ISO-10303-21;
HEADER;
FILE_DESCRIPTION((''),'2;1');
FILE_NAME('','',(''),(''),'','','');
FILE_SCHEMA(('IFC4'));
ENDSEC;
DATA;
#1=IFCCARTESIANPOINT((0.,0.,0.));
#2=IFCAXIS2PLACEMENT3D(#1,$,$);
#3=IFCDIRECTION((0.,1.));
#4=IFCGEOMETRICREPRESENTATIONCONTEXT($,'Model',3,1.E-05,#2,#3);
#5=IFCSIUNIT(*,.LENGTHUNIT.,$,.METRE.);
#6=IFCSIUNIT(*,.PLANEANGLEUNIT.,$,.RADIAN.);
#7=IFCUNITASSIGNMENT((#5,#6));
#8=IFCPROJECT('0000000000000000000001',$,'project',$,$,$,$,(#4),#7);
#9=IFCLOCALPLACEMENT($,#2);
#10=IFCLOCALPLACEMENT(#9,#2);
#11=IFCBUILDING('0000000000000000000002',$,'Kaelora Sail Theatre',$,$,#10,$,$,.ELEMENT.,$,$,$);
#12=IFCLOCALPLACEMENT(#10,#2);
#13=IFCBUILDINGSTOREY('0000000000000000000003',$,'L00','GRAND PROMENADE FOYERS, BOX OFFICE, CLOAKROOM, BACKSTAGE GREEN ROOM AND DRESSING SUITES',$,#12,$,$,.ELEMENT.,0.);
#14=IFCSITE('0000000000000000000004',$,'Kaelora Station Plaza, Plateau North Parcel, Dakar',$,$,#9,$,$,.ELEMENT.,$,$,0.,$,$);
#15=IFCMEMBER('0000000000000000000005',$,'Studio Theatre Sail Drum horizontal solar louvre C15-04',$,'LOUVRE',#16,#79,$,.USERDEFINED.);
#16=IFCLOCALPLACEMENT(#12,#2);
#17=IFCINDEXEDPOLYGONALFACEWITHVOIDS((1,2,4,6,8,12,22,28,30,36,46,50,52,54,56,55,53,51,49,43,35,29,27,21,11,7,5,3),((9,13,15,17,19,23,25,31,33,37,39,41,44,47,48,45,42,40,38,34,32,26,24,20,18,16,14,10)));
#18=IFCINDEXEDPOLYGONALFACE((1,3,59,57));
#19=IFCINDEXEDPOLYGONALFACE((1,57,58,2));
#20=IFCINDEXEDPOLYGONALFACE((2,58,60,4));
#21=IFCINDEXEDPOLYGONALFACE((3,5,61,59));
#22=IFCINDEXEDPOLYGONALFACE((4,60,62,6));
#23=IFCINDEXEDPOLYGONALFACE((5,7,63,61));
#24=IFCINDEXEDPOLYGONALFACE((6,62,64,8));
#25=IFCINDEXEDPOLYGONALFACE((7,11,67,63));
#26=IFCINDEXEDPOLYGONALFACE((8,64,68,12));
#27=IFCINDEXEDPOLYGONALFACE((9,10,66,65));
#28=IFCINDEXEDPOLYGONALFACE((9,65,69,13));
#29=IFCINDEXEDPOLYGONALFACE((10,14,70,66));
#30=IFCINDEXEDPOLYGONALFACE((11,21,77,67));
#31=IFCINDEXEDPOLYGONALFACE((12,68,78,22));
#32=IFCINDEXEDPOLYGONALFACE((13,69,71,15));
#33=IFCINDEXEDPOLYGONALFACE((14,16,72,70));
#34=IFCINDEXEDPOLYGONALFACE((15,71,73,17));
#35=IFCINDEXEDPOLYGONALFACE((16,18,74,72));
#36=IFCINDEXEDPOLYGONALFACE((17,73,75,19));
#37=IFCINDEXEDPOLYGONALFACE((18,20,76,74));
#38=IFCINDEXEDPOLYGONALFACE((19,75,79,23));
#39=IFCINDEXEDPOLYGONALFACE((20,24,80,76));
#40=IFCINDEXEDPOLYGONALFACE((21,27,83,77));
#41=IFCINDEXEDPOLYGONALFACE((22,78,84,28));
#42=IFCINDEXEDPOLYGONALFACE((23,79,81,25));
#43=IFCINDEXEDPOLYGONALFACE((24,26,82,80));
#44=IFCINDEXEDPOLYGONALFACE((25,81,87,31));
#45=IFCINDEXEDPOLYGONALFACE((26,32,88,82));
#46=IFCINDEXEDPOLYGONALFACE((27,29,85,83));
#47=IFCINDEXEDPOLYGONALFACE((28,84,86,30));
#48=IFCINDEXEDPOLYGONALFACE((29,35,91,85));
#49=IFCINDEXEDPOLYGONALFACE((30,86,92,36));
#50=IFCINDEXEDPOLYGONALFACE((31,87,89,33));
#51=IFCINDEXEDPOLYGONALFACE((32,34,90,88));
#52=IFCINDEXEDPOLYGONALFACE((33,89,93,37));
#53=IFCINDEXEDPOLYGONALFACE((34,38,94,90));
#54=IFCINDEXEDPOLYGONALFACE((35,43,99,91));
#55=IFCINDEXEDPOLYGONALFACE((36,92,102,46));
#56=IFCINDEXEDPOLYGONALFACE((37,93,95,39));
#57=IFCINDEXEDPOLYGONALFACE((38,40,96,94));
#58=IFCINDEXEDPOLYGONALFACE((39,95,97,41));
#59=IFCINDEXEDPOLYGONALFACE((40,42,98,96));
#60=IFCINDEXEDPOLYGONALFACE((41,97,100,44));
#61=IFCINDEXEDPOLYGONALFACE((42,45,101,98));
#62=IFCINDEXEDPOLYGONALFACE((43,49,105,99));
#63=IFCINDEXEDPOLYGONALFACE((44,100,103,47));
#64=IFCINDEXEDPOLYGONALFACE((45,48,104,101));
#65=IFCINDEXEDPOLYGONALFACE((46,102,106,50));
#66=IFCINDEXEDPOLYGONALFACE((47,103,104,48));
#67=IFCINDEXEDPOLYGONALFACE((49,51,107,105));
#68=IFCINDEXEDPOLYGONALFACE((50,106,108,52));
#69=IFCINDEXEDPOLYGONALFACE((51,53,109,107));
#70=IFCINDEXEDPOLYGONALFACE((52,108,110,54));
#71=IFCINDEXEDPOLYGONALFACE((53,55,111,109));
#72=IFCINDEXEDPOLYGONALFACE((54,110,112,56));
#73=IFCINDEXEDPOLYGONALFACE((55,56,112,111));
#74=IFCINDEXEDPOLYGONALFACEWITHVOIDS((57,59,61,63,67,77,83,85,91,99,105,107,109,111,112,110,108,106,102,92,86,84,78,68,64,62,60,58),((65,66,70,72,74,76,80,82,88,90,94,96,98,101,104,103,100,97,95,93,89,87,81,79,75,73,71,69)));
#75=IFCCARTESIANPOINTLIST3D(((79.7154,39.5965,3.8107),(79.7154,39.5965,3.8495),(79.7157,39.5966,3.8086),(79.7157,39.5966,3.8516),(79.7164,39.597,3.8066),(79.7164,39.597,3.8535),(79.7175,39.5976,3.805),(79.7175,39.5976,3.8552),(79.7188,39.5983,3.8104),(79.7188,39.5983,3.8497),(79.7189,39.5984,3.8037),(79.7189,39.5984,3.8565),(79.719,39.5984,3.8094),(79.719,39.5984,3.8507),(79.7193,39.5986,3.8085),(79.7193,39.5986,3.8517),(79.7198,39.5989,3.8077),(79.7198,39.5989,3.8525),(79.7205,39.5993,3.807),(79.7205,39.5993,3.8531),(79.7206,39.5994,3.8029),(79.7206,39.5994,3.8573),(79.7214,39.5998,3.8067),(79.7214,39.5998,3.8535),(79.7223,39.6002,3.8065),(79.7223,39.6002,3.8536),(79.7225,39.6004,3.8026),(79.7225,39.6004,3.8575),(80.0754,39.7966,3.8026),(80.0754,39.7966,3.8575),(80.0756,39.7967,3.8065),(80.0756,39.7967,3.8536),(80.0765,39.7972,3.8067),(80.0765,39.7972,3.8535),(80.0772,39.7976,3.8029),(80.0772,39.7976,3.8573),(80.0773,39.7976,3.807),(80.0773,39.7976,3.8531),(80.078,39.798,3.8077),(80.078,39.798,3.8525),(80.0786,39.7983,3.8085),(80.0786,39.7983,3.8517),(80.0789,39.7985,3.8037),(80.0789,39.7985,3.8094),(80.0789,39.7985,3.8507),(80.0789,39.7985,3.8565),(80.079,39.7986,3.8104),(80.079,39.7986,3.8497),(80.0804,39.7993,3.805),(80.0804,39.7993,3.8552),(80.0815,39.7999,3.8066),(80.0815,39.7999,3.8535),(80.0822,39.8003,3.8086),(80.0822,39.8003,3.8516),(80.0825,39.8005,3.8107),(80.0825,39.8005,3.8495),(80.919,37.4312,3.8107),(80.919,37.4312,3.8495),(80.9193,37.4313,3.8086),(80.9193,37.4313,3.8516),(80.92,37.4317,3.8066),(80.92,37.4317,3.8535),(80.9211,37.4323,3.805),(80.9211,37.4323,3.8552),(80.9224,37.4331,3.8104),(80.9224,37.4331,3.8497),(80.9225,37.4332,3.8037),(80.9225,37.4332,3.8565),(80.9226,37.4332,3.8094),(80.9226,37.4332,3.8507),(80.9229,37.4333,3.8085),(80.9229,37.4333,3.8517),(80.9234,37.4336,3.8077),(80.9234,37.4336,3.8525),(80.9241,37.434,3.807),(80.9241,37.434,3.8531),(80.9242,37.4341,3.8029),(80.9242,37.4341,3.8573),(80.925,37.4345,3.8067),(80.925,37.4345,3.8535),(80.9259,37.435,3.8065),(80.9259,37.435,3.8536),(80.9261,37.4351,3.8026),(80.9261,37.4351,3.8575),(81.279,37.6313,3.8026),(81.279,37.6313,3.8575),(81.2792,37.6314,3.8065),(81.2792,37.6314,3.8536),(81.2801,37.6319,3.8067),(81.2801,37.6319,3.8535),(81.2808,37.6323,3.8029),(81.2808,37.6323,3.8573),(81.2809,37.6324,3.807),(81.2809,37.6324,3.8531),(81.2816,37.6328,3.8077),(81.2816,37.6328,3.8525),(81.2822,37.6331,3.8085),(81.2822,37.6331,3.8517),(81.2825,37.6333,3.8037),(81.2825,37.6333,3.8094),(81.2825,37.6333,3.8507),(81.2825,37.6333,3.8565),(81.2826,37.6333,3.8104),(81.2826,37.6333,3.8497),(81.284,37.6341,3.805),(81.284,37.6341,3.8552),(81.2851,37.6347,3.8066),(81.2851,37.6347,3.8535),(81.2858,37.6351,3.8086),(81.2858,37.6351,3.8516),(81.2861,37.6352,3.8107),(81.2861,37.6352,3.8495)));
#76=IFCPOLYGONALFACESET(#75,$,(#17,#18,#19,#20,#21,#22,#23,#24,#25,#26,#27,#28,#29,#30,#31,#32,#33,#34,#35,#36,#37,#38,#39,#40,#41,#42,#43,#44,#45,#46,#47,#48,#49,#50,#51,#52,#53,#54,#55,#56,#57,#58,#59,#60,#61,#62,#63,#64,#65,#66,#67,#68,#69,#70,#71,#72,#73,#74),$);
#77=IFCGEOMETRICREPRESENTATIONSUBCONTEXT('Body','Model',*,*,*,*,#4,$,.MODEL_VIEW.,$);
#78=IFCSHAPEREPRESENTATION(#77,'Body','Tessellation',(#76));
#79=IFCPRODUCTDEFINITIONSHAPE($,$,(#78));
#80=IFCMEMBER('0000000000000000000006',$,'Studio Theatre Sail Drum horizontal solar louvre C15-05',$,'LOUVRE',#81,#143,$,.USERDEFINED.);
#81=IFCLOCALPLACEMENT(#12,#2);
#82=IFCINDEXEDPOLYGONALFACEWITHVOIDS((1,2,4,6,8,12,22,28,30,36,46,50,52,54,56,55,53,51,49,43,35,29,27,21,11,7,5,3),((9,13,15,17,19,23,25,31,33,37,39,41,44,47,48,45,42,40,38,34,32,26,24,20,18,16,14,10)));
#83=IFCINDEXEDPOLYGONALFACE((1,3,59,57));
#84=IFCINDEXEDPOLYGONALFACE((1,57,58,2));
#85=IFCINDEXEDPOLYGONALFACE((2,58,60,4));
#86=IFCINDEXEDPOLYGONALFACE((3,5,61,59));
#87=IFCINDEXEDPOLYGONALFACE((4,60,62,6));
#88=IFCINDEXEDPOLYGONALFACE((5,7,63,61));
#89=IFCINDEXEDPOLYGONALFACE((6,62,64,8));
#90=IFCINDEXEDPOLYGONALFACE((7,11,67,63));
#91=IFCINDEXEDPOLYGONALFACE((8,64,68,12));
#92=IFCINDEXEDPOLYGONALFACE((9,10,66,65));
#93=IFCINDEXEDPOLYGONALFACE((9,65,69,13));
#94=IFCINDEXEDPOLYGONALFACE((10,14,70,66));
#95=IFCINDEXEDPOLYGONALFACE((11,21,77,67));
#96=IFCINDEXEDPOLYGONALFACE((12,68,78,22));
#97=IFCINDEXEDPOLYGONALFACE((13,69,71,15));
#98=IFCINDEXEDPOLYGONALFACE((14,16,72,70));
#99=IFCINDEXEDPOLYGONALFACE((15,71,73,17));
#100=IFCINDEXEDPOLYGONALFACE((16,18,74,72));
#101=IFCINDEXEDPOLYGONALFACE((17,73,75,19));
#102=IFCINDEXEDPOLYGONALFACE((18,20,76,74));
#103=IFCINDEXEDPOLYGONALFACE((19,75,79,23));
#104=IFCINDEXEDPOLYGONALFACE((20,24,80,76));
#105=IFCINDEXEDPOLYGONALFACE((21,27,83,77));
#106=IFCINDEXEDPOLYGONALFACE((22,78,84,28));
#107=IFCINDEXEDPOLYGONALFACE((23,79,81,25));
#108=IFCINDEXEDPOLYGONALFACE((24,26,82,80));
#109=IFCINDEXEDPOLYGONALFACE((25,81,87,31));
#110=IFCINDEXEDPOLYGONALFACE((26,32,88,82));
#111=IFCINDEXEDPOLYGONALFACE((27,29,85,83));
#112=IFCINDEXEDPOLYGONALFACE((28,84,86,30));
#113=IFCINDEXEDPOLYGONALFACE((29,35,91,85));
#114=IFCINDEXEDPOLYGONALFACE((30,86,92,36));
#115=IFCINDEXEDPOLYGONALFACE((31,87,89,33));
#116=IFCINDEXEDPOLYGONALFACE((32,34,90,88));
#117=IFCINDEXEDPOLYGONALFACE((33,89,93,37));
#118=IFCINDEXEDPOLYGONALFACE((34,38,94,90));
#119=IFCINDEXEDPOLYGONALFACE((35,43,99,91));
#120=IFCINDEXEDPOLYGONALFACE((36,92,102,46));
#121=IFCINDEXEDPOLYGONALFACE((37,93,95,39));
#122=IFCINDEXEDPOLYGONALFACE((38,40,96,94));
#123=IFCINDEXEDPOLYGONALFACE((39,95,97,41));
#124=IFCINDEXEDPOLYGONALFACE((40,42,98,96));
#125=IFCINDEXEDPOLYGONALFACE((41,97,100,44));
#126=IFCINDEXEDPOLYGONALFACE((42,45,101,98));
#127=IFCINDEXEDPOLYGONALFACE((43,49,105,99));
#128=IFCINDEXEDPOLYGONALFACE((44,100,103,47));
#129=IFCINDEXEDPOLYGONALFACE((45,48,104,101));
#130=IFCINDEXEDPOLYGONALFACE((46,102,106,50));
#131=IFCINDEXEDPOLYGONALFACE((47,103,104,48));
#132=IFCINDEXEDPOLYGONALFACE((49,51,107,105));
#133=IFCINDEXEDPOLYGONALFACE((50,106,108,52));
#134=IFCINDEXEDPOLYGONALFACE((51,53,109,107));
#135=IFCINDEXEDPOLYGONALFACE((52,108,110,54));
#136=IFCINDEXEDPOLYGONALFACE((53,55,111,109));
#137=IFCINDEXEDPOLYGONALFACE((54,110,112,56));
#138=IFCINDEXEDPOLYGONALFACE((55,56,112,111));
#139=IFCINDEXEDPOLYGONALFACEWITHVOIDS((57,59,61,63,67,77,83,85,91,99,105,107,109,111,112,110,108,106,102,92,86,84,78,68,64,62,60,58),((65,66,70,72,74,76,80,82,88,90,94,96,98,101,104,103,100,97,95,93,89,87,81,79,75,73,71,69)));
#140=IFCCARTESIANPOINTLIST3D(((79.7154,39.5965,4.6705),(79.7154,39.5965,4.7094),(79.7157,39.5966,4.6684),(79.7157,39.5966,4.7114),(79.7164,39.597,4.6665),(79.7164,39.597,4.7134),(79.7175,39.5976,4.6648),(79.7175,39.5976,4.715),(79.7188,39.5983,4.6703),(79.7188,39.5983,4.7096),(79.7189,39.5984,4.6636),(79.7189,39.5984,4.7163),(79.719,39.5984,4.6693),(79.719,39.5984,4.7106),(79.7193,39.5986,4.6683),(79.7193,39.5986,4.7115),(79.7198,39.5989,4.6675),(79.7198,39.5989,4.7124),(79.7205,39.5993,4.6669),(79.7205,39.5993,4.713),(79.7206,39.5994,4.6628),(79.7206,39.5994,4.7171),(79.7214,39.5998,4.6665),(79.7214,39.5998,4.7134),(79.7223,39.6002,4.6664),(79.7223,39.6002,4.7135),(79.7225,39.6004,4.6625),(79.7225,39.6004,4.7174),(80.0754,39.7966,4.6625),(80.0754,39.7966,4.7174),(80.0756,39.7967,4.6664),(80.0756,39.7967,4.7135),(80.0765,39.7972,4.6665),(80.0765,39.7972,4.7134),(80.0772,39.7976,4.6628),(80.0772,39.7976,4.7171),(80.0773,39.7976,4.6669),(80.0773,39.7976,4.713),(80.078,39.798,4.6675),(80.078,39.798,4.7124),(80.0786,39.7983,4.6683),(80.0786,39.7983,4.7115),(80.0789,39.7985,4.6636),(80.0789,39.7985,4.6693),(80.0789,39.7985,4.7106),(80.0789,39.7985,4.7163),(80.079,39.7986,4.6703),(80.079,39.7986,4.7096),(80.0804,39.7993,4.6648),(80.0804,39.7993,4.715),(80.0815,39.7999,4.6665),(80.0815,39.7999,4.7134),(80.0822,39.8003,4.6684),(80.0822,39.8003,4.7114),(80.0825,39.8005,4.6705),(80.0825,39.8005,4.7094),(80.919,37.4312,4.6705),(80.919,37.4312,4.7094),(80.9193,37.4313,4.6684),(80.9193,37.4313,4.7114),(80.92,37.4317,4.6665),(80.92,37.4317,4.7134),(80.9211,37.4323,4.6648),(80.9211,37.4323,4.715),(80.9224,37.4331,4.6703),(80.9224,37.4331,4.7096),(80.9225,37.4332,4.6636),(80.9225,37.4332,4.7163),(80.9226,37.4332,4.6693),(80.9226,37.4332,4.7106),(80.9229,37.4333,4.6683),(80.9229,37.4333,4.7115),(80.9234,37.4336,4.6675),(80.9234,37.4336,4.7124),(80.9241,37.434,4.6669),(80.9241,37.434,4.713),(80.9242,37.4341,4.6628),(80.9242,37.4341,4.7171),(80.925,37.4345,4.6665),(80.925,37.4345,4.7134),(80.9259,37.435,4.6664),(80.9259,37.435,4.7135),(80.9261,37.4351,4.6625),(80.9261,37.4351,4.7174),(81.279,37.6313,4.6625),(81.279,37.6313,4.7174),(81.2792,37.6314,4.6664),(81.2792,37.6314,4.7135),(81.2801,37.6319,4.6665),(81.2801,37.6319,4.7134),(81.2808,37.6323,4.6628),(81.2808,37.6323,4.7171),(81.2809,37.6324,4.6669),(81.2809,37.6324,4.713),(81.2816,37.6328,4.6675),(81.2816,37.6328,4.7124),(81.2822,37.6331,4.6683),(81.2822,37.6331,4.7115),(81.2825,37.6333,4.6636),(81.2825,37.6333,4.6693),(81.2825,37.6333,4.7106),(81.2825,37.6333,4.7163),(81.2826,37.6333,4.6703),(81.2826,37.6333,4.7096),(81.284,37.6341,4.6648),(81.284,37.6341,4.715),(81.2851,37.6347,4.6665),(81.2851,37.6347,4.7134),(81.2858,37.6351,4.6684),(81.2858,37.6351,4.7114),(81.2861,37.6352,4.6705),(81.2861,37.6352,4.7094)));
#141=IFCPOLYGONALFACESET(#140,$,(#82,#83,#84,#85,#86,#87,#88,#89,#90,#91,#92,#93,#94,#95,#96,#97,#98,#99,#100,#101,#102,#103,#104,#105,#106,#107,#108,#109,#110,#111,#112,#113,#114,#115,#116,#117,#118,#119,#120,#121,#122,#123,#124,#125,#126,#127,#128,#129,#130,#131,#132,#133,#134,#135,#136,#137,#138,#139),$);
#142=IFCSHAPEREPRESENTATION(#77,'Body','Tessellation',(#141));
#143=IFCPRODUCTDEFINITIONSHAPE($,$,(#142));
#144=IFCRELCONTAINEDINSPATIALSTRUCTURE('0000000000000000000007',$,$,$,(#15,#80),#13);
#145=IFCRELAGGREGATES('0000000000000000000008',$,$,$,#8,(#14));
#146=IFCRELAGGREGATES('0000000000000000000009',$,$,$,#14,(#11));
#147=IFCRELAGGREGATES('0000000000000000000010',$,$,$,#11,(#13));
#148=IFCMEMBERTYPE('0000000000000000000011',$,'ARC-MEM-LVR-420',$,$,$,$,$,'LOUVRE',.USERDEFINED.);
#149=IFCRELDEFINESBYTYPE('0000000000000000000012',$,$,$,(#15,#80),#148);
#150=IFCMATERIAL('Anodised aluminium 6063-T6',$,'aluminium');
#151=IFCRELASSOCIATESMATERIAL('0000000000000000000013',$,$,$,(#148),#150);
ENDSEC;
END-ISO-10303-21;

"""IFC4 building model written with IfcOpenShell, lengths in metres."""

from ifc_helpers import new_model, si_unit, direction, frame, origin, origin_2d, place, context, subcontext, project, spatial, hollow_rectangle, extrude, material, material_profile, profile_set, type_object, element, save


model = new_model("IFC4")

# Units and contexts
model_context = context("Model", 3, precision=1e-05, world=origin(), true_north=direction((0.0, 1.0)))
body_context = subcontext(model_context, "Body", "Model", "MODEL_VIEW")
ifc_project = project(units=[si_unit("LENGTHUNIT", "METRE"), si_unit("PLANEANGLEUNIT", "RADIAN")], contexts=[model_context])

# Site, building, storey
site_placement = place(None, origin())
site = spatial("IfcSite", under=ifc_project, at=site_placement, Name="Kaelora Station Plaza, Plateau North Parcel, Dakar", CompositionType="ELEMENT", RefElevation=0.0)
building_placement = place(site_placement, origin())
building = spatial("IfcBuilding", under=site, at=building_placement, Name="Kaelora Sail Theatre", CompositionType="ELEMENT")
storey_placement = place(building_placement, origin())
storey = spatial("IfcBuildingStorey", under=building, at=storey_placement, Name="L00", Description="GRAND PROMENADE FOYERS, BOX OFFICE, CLOAKROOM, BACKSTAGE GREEN ROOM AND DRESSING SUITES", CompositionType="ELEMENT", Elevation=0.0)

# Members
ifc_material_1 = material(Name="Anodised aluminium 6063-T6", Category="aluminium")
ifc_material_profile_1 = material_profile(ifc_material_1, hollow_rectangle(XDim=0.4199, YDim=0.0549, WallThickness=0.0039, InnerFilletRadius=0.0039, OuterFilletRadius=0.0081, at=origin_2d()), Name="LOUVRE 420x55x4")
ifc_profile_set_1 = profile_set([ifc_material_profile_1], Name="Anodised aluminium 6063-T6")
member_type_1 = type_object("IfcMemberType", Name="ARC-MEM-LVR-420", ElementType="LOUVRE", PredefinedType="USERDEFINED", material=ifc_profile_set_1)
for number, where, z_axis, x_axis, name in (
    (1, (81.1025, 37.5332, 3.8301), (-0.485852, 0.874041, 0.0), (-0.874041, -0.485852, 0.0), "Studio Theatre Sail Drum horizontal solar louvre C15-04"),
    (2, (81.1025, 37.5332, 4.6899), (-0.485852, 0.874041, 0.0), (-0.874041, -0.485852, 0.0), "Studio Theatre Sail Drum horizontal solar louvre C15-05"),
):
    element("IfcMember", number, at=place(storey_placement, frame(where, z_axis=z_axis, x_axis=x_axis)), inside=storey, type_object=member_type_1, Name=name, ObjectType="LOUVRE", PredefinedType="USERDEFINED", context=body_context, shape_type="SweptSolid", body=[
        extrude(hollow_rectangle(XDim=0.4199, YDim=0.0549, WallThickness=0.0039, InnerFilletRadius=0.0039, OuterFilletRadius=0.0081, at=origin_2d()), origin(), (0.0, 0.0, 1.0), 2.4773),
    ])

save(model, "model.ifc")
